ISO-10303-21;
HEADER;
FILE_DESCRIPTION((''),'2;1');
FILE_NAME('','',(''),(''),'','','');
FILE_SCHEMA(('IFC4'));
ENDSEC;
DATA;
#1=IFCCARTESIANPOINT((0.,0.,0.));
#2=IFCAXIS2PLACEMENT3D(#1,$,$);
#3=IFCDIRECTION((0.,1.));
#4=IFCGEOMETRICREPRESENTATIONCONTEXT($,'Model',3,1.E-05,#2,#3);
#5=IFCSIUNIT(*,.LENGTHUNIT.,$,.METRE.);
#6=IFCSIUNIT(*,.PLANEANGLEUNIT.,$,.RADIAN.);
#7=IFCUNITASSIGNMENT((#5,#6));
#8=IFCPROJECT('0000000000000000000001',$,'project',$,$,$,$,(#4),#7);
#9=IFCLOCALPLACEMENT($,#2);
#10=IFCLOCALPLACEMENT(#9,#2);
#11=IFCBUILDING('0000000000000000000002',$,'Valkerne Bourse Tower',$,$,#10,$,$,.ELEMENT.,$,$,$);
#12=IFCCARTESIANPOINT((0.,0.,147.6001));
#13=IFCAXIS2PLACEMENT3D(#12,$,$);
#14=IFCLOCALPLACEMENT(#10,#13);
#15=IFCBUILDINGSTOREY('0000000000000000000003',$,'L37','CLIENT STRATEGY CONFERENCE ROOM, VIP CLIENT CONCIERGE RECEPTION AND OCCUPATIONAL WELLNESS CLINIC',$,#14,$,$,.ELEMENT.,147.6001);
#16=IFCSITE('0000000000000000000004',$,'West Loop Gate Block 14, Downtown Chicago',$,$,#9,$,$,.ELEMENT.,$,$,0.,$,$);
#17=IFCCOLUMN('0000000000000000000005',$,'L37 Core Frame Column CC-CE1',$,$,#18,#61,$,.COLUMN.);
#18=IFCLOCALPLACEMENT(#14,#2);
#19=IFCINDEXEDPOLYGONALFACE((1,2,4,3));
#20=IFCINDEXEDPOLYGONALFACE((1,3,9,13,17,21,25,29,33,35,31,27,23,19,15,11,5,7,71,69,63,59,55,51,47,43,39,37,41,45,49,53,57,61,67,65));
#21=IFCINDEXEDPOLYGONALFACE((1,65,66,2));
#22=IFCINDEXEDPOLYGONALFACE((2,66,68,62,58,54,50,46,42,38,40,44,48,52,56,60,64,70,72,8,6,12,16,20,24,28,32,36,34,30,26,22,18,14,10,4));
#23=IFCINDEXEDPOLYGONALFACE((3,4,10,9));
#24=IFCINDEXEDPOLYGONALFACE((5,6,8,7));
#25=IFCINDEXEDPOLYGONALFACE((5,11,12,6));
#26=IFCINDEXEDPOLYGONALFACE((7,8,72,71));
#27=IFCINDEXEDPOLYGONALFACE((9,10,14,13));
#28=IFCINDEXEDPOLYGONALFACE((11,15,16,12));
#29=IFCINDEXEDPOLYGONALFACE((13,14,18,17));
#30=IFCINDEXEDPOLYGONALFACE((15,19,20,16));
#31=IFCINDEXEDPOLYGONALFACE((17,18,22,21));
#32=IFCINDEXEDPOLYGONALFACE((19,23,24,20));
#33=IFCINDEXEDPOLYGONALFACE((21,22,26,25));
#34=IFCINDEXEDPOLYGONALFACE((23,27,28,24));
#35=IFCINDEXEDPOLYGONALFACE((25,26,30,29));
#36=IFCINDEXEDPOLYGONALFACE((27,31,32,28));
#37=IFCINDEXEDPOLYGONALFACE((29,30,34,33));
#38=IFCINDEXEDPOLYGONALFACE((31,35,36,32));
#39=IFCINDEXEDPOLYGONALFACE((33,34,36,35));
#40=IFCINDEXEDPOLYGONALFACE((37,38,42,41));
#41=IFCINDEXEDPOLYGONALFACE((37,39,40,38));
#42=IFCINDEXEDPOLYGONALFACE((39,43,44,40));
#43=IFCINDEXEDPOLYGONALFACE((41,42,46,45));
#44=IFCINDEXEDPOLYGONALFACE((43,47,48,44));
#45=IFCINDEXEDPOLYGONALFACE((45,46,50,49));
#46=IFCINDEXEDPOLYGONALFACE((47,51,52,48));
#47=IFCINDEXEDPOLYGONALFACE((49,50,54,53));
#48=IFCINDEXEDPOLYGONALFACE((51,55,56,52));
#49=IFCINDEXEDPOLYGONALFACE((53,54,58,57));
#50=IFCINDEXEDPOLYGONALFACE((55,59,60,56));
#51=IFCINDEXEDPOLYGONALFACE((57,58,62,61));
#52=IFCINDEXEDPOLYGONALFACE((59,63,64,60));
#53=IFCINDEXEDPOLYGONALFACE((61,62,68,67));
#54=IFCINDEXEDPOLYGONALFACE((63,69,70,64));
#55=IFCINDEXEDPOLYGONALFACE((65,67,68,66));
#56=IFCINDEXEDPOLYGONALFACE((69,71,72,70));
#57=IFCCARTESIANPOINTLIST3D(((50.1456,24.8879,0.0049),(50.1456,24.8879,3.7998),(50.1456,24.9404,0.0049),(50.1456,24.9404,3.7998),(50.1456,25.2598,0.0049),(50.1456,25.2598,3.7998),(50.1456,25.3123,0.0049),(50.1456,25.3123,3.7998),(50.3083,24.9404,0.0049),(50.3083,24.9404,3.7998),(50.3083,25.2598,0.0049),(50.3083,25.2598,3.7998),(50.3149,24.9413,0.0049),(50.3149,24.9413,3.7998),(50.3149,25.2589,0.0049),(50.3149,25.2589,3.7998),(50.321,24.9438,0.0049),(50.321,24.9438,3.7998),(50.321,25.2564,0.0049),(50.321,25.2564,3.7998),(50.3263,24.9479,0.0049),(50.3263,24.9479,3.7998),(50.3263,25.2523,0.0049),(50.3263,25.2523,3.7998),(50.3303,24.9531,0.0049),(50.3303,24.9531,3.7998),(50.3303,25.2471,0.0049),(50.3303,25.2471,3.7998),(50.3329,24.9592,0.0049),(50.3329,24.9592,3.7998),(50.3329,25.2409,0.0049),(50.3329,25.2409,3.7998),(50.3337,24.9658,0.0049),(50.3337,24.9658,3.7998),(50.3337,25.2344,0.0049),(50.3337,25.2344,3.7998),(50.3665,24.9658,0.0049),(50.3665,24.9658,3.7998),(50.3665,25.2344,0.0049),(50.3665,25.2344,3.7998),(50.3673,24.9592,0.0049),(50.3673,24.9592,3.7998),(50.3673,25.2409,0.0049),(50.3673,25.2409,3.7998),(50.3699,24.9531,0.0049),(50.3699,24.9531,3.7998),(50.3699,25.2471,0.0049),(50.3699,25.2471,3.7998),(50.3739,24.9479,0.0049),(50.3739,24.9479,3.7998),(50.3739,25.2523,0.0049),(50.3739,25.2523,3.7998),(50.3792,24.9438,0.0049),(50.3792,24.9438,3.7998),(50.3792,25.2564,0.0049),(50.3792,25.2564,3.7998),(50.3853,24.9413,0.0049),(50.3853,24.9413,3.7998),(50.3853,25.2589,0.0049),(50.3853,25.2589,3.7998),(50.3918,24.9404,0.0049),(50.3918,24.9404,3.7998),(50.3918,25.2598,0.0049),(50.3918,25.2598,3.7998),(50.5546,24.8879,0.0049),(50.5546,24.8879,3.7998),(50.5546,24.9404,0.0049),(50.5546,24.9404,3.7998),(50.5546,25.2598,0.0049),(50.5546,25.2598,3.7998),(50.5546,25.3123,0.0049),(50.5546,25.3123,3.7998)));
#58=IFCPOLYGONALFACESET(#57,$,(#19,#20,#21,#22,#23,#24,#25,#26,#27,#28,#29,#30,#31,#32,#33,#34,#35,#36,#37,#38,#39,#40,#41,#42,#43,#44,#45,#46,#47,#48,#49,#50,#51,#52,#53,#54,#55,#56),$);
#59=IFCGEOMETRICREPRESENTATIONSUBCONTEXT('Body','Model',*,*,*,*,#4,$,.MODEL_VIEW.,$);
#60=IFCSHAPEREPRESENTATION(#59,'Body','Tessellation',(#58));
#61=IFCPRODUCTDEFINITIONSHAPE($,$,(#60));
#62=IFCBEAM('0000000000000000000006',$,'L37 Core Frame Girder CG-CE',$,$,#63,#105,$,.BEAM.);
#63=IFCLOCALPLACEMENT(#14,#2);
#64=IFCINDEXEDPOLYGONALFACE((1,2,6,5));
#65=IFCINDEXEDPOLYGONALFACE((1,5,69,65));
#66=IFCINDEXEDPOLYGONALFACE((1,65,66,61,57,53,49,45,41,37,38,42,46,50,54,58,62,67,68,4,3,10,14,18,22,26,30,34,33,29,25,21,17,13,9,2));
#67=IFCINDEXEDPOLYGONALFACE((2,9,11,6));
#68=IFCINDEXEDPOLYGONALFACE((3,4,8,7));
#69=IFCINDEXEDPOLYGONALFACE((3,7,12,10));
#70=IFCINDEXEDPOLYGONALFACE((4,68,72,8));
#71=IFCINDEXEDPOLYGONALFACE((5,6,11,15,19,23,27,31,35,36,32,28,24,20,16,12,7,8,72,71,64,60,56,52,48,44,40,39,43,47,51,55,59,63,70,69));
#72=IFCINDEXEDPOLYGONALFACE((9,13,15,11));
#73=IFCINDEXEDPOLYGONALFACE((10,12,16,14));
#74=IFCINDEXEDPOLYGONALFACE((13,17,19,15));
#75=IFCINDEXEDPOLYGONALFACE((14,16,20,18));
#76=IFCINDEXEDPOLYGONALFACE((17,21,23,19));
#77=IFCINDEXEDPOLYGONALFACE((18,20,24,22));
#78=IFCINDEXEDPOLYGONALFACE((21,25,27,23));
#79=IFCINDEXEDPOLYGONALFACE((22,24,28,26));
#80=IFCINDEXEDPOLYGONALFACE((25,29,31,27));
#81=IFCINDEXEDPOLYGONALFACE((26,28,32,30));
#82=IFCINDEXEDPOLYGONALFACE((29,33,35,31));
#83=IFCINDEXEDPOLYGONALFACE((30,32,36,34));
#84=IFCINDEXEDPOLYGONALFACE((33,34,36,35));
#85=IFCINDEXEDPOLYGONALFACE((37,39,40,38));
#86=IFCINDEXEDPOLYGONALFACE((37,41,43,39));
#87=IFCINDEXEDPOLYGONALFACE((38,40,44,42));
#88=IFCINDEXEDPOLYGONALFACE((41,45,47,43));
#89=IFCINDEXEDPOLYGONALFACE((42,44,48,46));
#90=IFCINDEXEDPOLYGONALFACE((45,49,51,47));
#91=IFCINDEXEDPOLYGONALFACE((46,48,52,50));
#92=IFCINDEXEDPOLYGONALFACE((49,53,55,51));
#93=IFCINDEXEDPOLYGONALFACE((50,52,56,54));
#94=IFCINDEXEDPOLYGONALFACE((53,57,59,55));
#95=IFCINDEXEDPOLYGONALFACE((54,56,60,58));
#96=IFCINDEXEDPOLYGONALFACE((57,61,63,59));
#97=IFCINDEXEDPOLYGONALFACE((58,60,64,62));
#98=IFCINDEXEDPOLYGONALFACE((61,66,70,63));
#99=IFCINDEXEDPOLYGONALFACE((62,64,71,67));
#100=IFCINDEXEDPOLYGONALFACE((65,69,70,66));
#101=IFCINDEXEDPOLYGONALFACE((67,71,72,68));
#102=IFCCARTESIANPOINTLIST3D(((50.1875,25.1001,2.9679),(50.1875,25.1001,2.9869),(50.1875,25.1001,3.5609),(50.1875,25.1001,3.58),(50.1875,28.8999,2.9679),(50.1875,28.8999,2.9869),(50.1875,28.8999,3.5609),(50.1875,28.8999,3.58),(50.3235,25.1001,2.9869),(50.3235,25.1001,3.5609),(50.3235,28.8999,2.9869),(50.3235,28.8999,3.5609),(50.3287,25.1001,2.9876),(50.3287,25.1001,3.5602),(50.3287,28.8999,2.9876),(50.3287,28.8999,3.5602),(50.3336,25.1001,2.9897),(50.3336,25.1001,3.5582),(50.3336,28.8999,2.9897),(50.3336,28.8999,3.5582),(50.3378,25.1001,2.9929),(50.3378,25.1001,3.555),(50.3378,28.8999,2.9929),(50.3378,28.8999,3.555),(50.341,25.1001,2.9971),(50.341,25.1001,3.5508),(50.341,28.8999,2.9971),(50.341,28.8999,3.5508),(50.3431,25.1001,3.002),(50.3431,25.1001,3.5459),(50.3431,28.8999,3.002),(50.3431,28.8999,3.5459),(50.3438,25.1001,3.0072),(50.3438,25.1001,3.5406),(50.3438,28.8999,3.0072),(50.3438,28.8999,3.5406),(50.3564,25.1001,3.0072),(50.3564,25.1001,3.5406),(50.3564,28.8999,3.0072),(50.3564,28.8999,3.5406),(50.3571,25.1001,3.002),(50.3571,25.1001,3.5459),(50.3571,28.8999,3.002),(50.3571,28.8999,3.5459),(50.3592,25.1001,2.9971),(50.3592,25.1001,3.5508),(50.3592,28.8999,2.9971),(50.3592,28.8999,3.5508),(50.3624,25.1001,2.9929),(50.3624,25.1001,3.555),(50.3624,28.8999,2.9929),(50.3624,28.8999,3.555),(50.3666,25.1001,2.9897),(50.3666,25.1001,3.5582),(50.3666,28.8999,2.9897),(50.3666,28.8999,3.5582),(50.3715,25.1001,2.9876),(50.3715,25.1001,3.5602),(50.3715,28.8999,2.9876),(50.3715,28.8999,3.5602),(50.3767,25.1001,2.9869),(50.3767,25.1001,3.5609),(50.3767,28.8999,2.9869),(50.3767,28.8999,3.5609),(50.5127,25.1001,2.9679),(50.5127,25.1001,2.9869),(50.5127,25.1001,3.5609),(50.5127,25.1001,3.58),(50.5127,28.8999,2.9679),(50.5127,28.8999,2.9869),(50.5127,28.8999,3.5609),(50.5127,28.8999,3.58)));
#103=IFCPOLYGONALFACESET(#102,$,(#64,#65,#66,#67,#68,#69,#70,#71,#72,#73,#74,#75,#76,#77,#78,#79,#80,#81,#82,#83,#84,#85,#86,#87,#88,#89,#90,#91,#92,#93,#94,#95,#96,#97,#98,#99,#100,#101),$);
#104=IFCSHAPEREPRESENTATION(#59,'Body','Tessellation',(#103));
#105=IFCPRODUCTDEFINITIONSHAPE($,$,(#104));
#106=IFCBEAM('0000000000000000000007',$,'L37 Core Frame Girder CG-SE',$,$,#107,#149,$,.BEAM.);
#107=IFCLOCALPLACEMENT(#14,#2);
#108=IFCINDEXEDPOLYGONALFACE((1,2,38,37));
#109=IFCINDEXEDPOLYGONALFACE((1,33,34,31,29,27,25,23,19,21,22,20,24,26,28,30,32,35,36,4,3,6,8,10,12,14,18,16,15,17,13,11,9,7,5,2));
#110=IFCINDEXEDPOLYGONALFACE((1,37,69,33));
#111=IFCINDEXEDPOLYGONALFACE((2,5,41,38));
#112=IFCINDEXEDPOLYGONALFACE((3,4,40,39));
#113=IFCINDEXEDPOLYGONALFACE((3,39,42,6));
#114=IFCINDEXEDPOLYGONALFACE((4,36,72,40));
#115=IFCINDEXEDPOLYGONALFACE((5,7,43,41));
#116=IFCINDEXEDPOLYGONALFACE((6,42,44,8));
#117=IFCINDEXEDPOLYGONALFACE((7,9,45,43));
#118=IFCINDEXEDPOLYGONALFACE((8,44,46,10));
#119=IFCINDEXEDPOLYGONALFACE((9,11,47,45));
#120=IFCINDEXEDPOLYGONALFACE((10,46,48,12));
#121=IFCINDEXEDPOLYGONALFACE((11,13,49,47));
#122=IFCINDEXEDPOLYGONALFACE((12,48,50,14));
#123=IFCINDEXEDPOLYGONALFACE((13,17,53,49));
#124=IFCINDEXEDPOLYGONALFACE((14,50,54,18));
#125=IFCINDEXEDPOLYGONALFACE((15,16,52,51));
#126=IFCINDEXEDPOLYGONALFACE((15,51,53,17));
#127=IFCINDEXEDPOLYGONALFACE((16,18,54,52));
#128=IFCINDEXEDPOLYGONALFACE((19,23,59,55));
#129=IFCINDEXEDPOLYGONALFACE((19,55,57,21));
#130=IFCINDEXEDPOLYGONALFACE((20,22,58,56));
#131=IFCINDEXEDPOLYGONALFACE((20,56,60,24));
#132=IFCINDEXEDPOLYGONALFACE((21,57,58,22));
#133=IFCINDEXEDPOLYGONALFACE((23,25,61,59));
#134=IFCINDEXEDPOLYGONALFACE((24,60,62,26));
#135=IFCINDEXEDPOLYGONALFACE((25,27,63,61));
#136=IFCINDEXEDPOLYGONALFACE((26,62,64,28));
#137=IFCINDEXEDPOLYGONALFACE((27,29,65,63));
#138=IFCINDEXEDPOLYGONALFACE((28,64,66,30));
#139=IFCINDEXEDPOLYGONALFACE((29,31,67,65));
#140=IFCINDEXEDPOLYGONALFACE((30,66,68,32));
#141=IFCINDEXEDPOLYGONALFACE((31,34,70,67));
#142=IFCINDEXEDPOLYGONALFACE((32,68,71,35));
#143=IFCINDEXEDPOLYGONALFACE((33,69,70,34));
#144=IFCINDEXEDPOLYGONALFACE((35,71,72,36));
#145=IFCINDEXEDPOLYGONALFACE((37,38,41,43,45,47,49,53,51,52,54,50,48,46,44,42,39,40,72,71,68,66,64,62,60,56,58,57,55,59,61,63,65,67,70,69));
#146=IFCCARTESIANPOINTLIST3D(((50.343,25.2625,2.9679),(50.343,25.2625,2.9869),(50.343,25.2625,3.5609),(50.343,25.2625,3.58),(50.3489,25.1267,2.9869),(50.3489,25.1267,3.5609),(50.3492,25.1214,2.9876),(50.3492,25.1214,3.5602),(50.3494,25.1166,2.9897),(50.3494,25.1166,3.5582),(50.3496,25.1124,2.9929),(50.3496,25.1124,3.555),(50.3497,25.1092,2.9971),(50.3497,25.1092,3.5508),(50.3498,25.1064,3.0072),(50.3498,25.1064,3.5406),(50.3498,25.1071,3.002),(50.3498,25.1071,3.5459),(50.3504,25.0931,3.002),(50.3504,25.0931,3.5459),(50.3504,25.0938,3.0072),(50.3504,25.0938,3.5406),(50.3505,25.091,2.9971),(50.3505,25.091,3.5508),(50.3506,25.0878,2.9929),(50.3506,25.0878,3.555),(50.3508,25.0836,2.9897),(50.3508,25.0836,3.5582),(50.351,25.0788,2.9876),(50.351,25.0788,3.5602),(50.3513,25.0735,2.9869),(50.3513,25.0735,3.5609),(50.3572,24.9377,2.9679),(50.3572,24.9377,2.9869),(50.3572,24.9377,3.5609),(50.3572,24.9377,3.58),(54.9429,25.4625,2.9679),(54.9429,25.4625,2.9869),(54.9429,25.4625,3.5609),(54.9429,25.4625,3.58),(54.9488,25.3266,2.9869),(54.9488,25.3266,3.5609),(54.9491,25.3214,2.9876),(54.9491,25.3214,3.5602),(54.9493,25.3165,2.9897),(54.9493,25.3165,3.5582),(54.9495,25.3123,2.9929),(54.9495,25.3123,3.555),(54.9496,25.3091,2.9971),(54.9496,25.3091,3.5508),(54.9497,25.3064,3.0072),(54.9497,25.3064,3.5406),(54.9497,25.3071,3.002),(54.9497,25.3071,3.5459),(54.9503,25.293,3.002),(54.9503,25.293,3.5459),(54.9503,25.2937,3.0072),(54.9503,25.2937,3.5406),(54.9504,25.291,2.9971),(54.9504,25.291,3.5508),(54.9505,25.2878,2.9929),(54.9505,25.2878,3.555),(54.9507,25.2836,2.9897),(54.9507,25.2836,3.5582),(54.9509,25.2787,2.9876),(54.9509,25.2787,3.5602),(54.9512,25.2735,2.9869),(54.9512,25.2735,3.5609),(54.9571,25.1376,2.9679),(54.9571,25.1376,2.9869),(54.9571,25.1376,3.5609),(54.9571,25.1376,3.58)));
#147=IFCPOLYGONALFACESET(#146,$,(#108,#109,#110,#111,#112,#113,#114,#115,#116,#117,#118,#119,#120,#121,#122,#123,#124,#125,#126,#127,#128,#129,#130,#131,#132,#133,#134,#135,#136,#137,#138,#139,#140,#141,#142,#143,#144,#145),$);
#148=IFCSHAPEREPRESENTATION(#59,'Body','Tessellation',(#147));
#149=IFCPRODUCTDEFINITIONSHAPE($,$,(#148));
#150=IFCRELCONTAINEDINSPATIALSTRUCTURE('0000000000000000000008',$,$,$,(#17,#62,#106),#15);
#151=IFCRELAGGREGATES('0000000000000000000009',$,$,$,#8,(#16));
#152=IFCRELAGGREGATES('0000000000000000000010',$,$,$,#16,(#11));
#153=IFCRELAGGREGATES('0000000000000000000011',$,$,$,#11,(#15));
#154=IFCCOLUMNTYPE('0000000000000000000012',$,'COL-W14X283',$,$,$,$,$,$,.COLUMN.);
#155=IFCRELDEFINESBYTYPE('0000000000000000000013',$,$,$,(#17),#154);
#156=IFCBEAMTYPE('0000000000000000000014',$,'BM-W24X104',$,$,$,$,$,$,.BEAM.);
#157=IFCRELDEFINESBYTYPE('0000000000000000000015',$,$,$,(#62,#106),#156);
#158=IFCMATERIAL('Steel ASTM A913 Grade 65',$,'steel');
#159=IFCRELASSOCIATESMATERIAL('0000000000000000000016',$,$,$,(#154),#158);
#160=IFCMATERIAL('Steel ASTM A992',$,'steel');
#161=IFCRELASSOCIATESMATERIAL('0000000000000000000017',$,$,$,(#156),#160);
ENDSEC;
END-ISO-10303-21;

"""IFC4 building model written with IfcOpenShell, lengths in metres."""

from ifc_helpers import new_model, si_unit, direction, frame, origin, origin_2d, place, context, subcontext, project, spatial, i_section, extrude, material, material_profile, profile_set, type_object, element, save


model = new_model("IFC4")

# Units and contexts
model_context = context("Model", 3, precision=1e-05, world=origin(), true_north=direction((0.0, 1.0)))
body_context = subcontext(model_context, "Body", "Model", "MODEL_VIEW")
ifc_project = project(units=[si_unit("LENGTHUNIT", "METRE"), si_unit("PLANEANGLEUNIT", "RADIAN")], contexts=[model_context])

# Site, building, storey
site_placement = place(None, origin())
site = spatial("IfcSite", under=ifc_project, at=site_placement, Name="West Loop Gate Block 14, Downtown Chicago", CompositionType="ELEMENT", RefElevation=0.0)
building_placement = place(site_placement, origin())
building = spatial("IfcBuilding", under=site, at=building_placement, Name="Valkerne Bourse Tower", CompositionType="ELEMENT")
storey_placement = place(building_placement, frame((0.0, 0.0, 147.6001)))
storey = spatial("IfcBuildingStorey", under=building, at=storey_placement, Name="L37", Description="CLIENT STRATEGY CONFERENCE ROOM, VIP CLIENT CONCIERGE RECEPTION AND OCCUPATIONAL WELLNESS CLINIC", CompositionType="ELEMENT", Elevation=147.6001)

# Column
ifc_material_1 = material(Name="Steel ASTM A913 Grade 65", Category="steel")
ifc_material_profile_1 = material_profile(ifc_material_1, i_section(OverallWidth=0.4089, OverallDepth=0.4243, WebThickness=0.0327, FlangeThickness=0.0525, FilletRadius=0.0254, at=origin_2d()), Name="W14X283")
ifc_profile_set_1 = profile_set([ifc_material_profile_1], Name="Steel ASTM A913 Grade 65")
column_type = type_object("IfcColumnType", Name="COL-W14X283", PredefinedType="COLUMN", material=ifc_profile_set_1)
column_placement = place(storey_placement, frame((50.3501, 25.1001, 0.0049), z_axis=(0.0, 0.0, 1.0), x_axis=(1.0, 0.0, 0.0)))
element("IfcColumn", 1, at=column_placement, inside=storey, type_object=column_type, Name="L37 Core Frame Column CC-CE1", PredefinedType="COLUMN", context=body_context, shape_type="SweptSolid", body=[
    extrude(i_section(OverallWidth=0.4089, OverallDepth=0.4243, WebThickness=0.0327, FlangeThickness=0.0525, FilletRadius=0.0254, at=origin_2d()), origin(), (0.0, 0.0, 1.0), 3.7949),
])

# Beams
ifc_material_2 = material(Name="Steel ASTM A992", Category="steel")
ifc_material_profile_2 = material_profile(ifc_material_2, i_section(OverallWidth=0.3252, OverallDepth=0.6121, WebThickness=0.0127, FlangeThickness=0.019, FilletRadius=0.0203, at=origin_2d()), Name="W24X104")
ifc_profile_set_2 = profile_set([ifc_material_profile_2], Name="Steel ASTM A992")
beam_type = type_object("IfcBeamType", Name="BM-W24X104", PredefinedType="BEAM", material=ifc_profile_set_2)
beam_1_placement = place(storey_placement, frame((50.3501, 25.1001, 3.2739), z_axis=(0.0, 1.0, 0.0), x_axis=(-1.0, 0.0, 0.0)))
element("IfcBeam", 2, at=beam_1_placement, inside=storey, type_object=beam_type, Name="L37 Core Frame Girder CG-CE", PredefinedType="BEAM", context=body_context, shape_type="SweptSolid", body=[
    extrude(i_section(OverallWidth=0.3252, OverallDepth=0.6121, WebThickness=0.0127, FlangeThickness=0.019, FilletRadius=0.0203, at=origin_2d()), origin(), (0.0, 0.0, 1.0), 3.7998),
])
beam_2_placement = place(storey_placement, frame((50.3501, 25.1001, 3.2739), z_axis=(0.999057, 0.043428, 0.0), x_axis=(-0.043428, 0.999057, 0.0)))
element("IfcBeam", 3, at=beam_2_placement, inside=storey, type_object=beam_type, Name="L37 Core Frame Girder CG-SE", PredefinedType="BEAM", context=body_context, shape_type="SweptSolid", body=[
    extrude(i_section(OverallWidth=0.3252, OverallDepth=0.6121, WebThickness=0.0127, FlangeThickness=0.019, FilletRadius=0.0203, at=origin_2d()), origin(), (0.0, 0.0, 1.0), 4.6042),
])

save(model, "model.ifc")
